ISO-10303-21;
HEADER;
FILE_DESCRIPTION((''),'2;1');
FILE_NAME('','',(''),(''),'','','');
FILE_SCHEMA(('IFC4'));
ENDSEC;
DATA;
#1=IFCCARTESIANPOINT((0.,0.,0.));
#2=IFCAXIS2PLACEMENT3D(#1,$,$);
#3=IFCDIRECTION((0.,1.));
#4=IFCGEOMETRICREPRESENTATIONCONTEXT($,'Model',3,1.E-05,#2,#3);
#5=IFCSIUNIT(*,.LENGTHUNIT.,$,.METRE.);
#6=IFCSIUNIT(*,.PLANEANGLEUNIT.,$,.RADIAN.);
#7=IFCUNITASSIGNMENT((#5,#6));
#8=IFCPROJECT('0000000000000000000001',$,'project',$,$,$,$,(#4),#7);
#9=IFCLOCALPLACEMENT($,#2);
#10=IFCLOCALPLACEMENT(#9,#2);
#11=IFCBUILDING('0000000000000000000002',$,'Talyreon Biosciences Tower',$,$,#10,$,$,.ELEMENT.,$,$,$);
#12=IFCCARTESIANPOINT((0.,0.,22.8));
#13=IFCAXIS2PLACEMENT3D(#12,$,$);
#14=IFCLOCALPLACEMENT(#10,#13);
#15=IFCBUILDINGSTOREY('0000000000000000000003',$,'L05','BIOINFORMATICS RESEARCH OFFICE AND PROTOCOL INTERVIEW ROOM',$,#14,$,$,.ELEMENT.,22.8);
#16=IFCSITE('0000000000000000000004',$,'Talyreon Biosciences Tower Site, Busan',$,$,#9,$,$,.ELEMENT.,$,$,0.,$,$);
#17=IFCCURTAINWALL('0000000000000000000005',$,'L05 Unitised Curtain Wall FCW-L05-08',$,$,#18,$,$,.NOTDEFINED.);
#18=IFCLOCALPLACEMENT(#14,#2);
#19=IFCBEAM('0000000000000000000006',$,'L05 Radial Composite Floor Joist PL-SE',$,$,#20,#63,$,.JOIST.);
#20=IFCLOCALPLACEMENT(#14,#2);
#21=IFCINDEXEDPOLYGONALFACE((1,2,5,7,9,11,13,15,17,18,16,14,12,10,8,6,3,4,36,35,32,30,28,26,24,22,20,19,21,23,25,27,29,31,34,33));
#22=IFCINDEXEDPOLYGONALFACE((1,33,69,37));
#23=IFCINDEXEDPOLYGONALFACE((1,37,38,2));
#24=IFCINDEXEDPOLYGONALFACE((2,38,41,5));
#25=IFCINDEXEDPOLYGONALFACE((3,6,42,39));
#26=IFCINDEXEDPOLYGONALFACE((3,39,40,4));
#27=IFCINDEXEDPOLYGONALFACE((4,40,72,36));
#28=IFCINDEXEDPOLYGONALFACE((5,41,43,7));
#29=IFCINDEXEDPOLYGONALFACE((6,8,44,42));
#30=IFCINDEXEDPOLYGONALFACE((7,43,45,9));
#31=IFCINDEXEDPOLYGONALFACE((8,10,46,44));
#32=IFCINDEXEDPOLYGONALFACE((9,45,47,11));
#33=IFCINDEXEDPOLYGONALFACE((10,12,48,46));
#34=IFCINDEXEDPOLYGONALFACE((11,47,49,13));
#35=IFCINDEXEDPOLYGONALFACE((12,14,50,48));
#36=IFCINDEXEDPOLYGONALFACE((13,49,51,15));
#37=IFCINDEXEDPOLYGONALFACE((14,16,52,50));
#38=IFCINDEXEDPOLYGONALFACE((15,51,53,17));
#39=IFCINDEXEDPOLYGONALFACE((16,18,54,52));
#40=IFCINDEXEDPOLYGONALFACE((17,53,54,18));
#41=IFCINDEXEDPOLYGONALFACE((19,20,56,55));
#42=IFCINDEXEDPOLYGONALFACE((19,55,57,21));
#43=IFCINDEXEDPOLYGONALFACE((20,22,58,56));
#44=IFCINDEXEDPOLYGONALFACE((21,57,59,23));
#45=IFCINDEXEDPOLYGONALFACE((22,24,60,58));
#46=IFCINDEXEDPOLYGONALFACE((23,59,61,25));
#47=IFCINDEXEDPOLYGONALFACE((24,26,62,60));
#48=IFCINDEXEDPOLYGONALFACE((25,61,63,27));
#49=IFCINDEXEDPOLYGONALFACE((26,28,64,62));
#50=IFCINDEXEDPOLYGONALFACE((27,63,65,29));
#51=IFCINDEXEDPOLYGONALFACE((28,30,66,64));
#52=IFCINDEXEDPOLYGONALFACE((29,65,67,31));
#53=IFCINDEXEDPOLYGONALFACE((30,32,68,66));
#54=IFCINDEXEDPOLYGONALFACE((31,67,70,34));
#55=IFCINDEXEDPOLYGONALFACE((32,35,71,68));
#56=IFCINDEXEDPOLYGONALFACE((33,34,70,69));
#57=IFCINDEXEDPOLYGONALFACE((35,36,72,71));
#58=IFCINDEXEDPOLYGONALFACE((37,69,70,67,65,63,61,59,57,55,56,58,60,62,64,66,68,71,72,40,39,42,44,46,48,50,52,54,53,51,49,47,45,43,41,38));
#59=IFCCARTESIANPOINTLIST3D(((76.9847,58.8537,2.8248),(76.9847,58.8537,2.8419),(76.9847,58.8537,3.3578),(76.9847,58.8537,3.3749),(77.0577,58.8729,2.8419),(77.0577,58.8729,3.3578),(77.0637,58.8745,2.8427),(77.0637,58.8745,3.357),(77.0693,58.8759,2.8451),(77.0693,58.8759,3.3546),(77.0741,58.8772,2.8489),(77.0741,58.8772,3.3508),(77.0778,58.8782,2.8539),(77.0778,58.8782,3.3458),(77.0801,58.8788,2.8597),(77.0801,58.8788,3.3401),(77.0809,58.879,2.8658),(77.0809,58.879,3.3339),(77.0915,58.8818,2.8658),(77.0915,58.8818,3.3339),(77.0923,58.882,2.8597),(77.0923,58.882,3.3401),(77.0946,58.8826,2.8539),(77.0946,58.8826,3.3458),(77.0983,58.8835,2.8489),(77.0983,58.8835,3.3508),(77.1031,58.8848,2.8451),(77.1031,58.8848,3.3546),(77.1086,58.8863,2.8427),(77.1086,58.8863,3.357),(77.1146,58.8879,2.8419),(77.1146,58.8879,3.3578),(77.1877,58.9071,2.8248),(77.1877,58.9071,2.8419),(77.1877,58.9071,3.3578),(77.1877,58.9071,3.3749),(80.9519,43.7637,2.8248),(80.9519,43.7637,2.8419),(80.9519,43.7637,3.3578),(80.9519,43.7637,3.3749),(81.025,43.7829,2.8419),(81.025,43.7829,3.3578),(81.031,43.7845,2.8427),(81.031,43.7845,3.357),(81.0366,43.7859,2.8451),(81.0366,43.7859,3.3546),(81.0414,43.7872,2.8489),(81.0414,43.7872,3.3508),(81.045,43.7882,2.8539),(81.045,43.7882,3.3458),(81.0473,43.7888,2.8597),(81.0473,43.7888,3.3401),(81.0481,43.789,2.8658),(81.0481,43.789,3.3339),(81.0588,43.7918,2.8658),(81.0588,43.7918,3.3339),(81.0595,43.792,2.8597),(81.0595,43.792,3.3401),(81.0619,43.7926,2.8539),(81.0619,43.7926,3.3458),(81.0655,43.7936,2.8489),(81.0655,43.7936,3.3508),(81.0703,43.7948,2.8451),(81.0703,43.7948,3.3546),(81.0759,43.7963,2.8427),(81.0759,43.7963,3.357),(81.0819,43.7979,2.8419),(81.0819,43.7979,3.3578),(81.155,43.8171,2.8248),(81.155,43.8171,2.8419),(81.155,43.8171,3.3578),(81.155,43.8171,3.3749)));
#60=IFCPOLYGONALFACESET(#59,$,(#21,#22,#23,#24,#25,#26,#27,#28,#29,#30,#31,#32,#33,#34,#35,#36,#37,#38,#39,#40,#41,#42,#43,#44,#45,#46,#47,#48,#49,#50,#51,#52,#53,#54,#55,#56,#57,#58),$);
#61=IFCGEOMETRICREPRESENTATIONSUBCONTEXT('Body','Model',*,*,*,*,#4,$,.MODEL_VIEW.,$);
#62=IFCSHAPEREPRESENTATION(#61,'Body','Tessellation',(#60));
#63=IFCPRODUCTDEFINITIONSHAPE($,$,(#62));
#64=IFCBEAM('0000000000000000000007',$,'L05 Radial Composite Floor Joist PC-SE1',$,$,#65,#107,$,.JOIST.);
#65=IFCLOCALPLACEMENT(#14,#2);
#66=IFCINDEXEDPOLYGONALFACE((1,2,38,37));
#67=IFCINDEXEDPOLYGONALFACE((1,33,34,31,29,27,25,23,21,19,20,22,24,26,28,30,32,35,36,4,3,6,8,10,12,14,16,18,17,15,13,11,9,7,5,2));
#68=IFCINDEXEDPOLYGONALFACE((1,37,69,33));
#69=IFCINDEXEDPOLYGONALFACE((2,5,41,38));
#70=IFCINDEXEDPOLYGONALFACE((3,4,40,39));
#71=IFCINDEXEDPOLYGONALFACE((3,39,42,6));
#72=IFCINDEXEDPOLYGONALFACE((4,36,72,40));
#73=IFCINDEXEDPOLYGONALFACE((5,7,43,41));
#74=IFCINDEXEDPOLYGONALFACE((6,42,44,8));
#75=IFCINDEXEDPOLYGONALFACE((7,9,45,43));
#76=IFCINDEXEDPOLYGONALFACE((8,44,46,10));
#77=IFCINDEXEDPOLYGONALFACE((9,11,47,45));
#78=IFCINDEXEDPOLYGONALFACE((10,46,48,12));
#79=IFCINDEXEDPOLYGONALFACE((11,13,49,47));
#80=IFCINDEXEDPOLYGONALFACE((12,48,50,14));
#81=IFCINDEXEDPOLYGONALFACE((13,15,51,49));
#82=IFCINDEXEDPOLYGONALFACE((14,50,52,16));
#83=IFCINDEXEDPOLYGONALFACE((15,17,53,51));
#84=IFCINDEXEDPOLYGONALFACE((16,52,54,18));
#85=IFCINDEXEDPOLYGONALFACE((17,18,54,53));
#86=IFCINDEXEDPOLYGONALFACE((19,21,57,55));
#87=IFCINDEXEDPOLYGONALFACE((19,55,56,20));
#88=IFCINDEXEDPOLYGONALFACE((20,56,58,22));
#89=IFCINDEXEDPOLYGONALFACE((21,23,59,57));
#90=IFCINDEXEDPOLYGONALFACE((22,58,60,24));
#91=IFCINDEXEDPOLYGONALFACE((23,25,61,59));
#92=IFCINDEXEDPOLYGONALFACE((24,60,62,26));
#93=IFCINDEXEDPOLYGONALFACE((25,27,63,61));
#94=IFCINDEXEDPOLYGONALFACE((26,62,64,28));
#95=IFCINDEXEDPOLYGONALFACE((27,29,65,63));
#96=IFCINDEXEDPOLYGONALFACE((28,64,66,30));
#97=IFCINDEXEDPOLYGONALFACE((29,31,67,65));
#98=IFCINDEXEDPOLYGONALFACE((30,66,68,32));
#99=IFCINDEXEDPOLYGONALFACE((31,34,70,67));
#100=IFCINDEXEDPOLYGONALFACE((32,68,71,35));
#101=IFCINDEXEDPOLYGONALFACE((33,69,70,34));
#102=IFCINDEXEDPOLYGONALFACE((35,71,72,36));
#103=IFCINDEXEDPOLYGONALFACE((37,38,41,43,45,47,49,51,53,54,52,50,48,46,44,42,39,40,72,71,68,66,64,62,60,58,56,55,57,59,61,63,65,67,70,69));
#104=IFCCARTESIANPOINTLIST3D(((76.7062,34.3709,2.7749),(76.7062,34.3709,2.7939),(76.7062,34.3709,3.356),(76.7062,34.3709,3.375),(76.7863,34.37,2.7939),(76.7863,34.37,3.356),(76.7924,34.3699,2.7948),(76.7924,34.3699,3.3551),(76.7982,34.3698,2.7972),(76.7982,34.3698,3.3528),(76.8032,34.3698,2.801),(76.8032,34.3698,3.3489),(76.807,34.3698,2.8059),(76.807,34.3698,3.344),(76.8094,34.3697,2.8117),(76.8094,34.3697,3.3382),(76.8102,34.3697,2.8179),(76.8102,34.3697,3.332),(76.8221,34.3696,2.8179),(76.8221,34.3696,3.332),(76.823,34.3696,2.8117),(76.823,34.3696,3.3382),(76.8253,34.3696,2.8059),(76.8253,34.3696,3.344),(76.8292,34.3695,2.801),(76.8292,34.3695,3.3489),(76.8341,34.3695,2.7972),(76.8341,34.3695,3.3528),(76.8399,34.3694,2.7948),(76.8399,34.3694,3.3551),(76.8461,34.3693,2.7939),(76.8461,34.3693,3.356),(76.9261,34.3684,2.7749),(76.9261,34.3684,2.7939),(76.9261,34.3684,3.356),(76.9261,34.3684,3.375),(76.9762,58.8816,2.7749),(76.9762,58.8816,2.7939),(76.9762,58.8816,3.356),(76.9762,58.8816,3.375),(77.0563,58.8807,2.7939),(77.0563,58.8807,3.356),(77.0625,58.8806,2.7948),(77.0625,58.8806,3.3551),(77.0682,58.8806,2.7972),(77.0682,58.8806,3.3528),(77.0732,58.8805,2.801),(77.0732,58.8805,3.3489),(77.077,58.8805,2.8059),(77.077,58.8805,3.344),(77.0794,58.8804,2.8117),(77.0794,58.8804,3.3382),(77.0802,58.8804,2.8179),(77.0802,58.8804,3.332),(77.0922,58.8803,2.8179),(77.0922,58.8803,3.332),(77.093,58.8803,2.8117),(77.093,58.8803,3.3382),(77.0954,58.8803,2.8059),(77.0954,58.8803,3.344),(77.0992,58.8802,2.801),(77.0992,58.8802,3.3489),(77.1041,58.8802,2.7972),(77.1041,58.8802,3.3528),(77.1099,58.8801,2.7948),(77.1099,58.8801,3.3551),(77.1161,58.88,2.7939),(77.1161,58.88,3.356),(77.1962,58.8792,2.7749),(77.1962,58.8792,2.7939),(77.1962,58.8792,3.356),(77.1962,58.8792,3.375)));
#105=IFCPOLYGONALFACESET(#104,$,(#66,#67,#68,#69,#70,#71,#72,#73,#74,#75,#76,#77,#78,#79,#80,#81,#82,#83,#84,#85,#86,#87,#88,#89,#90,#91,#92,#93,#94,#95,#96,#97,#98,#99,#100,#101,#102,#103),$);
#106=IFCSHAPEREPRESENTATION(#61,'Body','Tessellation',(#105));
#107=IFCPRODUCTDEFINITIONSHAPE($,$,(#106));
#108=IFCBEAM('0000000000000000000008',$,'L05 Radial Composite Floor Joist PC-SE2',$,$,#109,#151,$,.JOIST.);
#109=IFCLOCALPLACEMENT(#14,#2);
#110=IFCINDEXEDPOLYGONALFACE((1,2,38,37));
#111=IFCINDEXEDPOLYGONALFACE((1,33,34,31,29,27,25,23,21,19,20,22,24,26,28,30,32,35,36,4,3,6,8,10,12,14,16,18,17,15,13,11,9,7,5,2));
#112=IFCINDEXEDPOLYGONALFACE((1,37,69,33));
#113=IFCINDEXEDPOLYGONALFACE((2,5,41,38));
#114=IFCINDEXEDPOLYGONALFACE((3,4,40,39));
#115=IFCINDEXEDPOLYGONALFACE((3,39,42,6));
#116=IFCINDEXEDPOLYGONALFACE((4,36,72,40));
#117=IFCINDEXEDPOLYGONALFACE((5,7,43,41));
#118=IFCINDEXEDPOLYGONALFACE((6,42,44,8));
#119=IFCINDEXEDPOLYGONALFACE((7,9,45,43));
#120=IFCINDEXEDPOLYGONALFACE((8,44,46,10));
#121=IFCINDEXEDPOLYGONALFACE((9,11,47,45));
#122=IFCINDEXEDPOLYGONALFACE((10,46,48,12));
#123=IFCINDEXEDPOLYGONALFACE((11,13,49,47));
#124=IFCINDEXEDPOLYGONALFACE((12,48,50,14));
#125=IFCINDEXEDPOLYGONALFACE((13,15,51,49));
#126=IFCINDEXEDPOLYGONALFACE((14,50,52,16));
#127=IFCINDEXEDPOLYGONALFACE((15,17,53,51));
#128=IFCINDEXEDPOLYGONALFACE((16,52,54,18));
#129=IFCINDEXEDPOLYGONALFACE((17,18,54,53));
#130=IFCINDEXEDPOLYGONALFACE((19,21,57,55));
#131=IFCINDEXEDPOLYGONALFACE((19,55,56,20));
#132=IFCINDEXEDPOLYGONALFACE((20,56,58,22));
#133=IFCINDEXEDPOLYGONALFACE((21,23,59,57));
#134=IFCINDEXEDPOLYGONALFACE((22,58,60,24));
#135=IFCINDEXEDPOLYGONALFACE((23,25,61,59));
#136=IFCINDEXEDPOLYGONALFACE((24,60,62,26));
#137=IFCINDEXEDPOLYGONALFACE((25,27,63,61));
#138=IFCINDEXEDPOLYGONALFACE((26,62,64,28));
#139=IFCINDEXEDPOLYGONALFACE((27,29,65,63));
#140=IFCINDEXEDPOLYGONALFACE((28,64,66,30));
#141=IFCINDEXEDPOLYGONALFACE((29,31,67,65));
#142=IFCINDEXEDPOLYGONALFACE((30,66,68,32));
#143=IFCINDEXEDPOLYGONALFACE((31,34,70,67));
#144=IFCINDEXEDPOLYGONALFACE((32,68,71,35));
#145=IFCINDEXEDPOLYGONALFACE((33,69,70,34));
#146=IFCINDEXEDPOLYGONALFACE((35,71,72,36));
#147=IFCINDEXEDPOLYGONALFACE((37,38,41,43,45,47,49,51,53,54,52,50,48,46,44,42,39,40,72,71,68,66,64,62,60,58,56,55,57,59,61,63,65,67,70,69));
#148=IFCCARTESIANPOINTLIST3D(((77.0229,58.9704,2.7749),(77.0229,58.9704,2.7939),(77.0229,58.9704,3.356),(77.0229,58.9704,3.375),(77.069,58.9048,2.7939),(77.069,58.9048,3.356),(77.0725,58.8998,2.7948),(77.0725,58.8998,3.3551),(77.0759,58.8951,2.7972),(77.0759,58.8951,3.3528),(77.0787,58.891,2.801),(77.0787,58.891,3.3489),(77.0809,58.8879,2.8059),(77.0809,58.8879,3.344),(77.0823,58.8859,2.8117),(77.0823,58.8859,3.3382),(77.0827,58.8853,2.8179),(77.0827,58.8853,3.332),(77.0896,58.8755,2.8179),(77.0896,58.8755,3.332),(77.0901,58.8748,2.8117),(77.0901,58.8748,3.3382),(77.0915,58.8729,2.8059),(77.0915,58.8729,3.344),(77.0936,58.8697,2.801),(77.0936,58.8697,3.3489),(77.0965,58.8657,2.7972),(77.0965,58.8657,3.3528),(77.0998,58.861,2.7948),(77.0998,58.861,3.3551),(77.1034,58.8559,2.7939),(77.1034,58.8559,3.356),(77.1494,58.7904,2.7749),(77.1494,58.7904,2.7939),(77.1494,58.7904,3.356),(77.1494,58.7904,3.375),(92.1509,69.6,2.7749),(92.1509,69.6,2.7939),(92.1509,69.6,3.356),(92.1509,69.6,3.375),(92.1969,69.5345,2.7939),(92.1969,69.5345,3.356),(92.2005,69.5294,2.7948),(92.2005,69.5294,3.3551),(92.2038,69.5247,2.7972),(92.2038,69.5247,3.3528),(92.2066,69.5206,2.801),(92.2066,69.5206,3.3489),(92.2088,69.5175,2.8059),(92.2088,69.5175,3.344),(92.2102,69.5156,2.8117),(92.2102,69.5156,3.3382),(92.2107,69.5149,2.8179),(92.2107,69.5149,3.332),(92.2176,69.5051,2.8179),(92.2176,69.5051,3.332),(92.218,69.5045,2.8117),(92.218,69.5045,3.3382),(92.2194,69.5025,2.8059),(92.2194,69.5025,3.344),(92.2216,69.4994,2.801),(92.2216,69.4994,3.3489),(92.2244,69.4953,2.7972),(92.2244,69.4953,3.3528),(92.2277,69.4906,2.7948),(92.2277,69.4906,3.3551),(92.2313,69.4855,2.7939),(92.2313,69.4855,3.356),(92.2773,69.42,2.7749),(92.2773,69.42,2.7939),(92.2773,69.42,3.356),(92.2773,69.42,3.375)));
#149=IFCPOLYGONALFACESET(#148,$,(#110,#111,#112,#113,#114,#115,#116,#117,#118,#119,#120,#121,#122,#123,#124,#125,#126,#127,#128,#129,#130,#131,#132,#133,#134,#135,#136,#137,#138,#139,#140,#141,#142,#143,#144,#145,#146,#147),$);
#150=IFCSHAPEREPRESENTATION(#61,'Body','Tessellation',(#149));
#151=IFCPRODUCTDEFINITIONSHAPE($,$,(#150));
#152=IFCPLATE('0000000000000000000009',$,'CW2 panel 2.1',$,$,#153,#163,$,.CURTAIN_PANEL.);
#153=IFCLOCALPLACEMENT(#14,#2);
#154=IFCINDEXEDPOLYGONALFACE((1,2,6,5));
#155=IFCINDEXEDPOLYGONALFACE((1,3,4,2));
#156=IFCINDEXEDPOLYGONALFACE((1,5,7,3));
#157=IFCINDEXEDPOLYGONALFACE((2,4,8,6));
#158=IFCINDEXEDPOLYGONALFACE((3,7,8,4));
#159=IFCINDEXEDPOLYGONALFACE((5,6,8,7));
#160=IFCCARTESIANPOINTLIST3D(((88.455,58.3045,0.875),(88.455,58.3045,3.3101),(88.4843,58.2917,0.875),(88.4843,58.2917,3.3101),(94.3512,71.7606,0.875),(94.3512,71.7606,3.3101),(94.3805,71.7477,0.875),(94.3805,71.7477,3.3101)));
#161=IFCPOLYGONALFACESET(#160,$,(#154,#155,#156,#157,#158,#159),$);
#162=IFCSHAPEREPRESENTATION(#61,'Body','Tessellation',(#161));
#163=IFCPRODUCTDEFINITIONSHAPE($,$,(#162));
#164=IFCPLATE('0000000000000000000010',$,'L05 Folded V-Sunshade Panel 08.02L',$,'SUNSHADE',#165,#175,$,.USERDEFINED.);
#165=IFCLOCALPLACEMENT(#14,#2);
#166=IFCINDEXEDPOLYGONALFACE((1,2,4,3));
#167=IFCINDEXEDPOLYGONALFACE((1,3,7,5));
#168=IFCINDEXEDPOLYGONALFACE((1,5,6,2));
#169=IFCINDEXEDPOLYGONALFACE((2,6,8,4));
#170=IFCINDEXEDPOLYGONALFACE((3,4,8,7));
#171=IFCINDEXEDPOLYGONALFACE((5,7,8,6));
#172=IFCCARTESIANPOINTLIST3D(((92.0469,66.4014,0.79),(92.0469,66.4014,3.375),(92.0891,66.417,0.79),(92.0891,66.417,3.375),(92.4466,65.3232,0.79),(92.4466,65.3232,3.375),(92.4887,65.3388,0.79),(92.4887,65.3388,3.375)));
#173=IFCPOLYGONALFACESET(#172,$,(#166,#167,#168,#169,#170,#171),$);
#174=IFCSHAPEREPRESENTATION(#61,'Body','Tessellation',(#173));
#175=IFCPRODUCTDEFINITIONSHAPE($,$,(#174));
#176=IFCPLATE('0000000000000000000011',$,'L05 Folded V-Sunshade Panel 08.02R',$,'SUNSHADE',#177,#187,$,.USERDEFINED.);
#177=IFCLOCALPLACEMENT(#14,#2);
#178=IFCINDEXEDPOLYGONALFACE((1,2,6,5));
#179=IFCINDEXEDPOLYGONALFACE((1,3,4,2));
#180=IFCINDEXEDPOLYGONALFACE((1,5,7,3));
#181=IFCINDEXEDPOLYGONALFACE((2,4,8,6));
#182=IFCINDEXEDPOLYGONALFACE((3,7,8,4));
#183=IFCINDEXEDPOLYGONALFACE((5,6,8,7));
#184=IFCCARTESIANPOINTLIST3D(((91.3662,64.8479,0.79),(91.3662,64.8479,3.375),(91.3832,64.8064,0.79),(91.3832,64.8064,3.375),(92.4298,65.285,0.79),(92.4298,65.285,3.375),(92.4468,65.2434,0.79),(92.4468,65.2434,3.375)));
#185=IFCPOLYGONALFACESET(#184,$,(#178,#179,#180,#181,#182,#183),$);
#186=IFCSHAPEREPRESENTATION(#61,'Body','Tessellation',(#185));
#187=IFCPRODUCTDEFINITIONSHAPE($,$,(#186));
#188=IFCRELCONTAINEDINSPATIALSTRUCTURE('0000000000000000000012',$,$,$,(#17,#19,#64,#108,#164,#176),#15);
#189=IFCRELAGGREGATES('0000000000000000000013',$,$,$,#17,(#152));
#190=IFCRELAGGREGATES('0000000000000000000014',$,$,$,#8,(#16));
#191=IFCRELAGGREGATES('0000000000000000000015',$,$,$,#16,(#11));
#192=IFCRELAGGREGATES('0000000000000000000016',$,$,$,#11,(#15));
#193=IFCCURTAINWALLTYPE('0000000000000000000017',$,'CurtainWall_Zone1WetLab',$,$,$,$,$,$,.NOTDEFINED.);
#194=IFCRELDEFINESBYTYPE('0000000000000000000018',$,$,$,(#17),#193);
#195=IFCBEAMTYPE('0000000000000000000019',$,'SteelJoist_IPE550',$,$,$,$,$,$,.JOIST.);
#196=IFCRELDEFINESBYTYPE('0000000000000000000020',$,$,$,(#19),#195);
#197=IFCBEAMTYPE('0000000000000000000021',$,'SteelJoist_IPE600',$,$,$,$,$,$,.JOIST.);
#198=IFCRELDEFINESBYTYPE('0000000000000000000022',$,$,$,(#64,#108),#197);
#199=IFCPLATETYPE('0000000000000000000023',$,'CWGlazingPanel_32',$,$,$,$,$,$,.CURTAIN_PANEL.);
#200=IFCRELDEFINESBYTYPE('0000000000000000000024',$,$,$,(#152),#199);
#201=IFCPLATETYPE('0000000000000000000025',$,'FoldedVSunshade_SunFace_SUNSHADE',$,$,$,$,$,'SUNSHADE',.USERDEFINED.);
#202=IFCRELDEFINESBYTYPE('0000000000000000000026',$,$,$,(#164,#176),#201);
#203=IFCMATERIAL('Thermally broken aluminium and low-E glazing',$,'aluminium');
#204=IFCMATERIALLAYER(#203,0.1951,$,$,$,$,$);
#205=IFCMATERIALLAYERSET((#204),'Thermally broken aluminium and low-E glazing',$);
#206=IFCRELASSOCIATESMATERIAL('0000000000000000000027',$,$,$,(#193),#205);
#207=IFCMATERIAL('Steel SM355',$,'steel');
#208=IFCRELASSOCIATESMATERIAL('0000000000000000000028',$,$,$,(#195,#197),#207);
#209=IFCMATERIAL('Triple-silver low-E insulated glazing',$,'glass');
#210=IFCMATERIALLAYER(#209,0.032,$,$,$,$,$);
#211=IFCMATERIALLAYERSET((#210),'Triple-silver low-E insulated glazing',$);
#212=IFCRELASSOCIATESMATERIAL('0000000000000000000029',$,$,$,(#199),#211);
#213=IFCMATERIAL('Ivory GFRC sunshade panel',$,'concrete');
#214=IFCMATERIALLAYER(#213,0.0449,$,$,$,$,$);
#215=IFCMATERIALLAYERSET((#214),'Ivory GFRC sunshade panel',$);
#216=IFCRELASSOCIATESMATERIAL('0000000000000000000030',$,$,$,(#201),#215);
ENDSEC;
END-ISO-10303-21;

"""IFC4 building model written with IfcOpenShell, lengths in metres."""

from ifc_helpers import new_model, si_unit, direction, frame, origin, origin_2d, place, context, subcontext, project, spatial, rectangle, i_section, extrude, material, layer, layer_set, material_profile, profile_set, type_object, element, aggregate, save


model = new_model("IFC4")

# Units and contexts
model_context = context("Model", 3, precision=1e-05, world=origin(), true_north=direction((0.0, 1.0)))
body_context = subcontext(model_context, "Body", "Model", "MODEL_VIEW")
ifc_project = project(units=[si_unit("LENGTHUNIT", "METRE"), si_unit("PLANEANGLEUNIT", "RADIAN")], contexts=[model_context])

# Site, building, storey
site_placement = place(None, origin())
site = spatial("IfcSite", under=ifc_project, at=site_placement, Name="Talyreon Biosciences Tower Site, Busan", CompositionType="ELEMENT", RefElevation=0.0)
building_placement = place(site_placement, origin())
building = spatial("IfcBuilding", under=site, at=building_placement, Name="Talyreon Biosciences Tower", CompositionType="ELEMENT")
storey_placement = place(building_placement, frame((0.0, 0.0, 22.8)))
storey = spatial("IfcBuildingStorey", under=building, at=storey_placement, Name="L05", Description="BIOINFORMATICS RESEARCH OFFICE AND PROTOCOL INTERVIEW ROOM", CompositionType="ELEMENT", Elevation=22.8)

# Curtain wall
ifc_material_1 = material(Name="Thermally broken aluminium and low-E glazing", Category="aluminium")
ifc_layer_1 = layer(ifc_material_1, 0.1951)
ifc_layer_set_1 = layer_set([ifc_layer_1], Name="Thermally broken aluminium and low-E glazing")
curtain_wall_type = type_object("IfcCurtainWallType", Name="CurtainWall_Zone1WetLab", PredefinedType="NOTDEFINED", material=ifc_layer_set_1)
curtain_wall_placement = place(storey_placement, origin())
curtain_wall = element("IfcCurtainWall", 1, at=curtain_wall_placement, inside=storey, type_object=curtain_wall_type, Name="L05 Unitised Curtain Wall FCW-L05-08", PredefinedType="NOTDEFINED")

# Beams
ifc_material_2 = material(Name="Steel SM355", Category="steel")
ifc_material_profile_1 = material_profile(ifc_material_2, i_section(OverallWidth=0.21, OverallDepth=0.55, WebThickness=0.011, FlangeThickness=0.0171, FilletRadius=0.0239, at=origin_2d()), Name="IPE550")
ifc_profile_set_1 = profile_set([ifc_material_profile_1], Name="Steel SM355")
beam_type_1 = type_object("IfcBeamType", Name="SteelJoist_IPE550", PredefinedType="JOIST", material=ifc_profile_set_1)
beam_1_placement = place(storey_placement, frame((77.0862, 58.8804, 3.0999), z_axis=(0.254266, -0.967134, 0.0), x_axis=(0.967134, 0.254266, 0.0)))
element("IfcBeam", 2, at=beam_1_placement, inside=storey, type_object=beam_type_1, Name="L05 Radial Composite Floor Joist PL-SE", PredefinedType="JOIST", context=body_context, shape_type="SweptSolid", body=[
    extrude(i_section(OverallWidth=0.21, OverallDepth=0.55, WebThickness=0.011, FlangeThickness=0.0171, FilletRadius=0.0239, at=origin_2d()), origin(), (0.0, 0.0, 1.0), 15.6028),
])
ifc_material_profile_2 = material_profile(ifc_material_2, i_section(OverallWidth=0.22, OverallDepth=0.6001, WebThickness=0.012, FlangeThickness=0.019, FilletRadius=0.0239, at=origin_2d()), Name="IPE600")
ifc_profile_set_2 = profile_set([ifc_material_profile_2], Name="Steel SM355")
beam_type_2 = type_object("IfcBeamType", Name="SteelJoist_IPE600", PredefinedType="JOIST", material=ifc_profile_set_2)
beam_2_placement = place(storey_placement, frame((77.0862, 58.8804, 3.075), z_axis=(-0.011016, -0.999939, 0.0), x_axis=(0.999939, -0.011016, 0.0)))
element("IfcBeam", 3, at=beam_2_placement, inside=storey, type_object=beam_type_2, Name="L05 Radial Composite Floor Joist PC-SE1", PredefinedType="JOIST", context=body_context, shape_type="SweptSolid", body=[
    extrude(i_section(OverallWidth=0.22, OverallDepth=0.6001, WebThickness=0.012, FlangeThickness=0.019, FilletRadius=0.0239, at=origin_2d()), origin(), (0.0, 0.0, 1.0), 24.5122),
])
beam_3_placement = place(storey_placement, frame((77.0862, 58.8804, 3.075), z_axis=(0.818212, 0.574917, 0.0), x_axis=(-0.574917, 0.818212, 0.0)))
element("IfcBeam", 4, at=beam_3_placement, inside=storey, type_object=beam_type_2, Name="L05 Radial Composite Floor Joist PC-SE2", PredefinedType="JOIST", context=body_context, shape_type="SweptSolid", body=[
    extrude(i_section(OverallWidth=0.22, OverallDepth=0.6001, WebThickness=0.012, FlangeThickness=0.019, FilletRadius=0.0239, at=origin_2d()), origin(), (0.0, 0.0, 1.0), 18.489),
])

# Plate
ifc_material_3 = material(Name="Triple-silver low-E insulated glazing", Category="glass")
ifc_layer_2 = layer(ifc_material_3, 0.032)
ifc_layer_set_2 = layer_set([ifc_layer_2], Name="Triple-silver low-E insulated glazing")
plate_type_1 = type_object("IfcPlateType", Name="CWGlazingPanel_32", PredefinedType="CURTAIN_PANEL", material=ifc_layer_set_2)
plate_placement = place(storey_placement, frame((91.4177, 65.0261, 0.875), z_axis=(0.0, 0.0, 1.0), x_axis=(-0.401345, -0.915927, 0.0)))
plate = element("IfcPlate", 5, at=plate_placement, type_object=plate_type_1, Name="CW2 panel 2.1", PredefinedType="CURTAIN_PANEL", context=body_context, shape_type="SweptSolid", body=[
    extrude(rectangle(XDim=14.6912, YDim=0.032, at=origin_2d()), origin(), (0.0, 0.0, 1.0), 2.4351),
])
aggregate(curtain_wall, [plate])

# Plates
ifc_material_4 = material(Name="Ivory GFRC sunshade panel", Category="concrete")
ifc_layer_3 = layer(ifc_material_4, 0.0449)
ifc_layer_set_3 = layer_set([ifc_layer_3], Name="Ivory GFRC sunshade panel")
plate_type_2 = type_object("IfcPlateType", Name="FoldedVSunshade_SunFace_SUNSHADE", ElementType="SUNSHADE", PredefinedType="USERDEFINED", material=ifc_layer_set_3)
for number, where, z_axis, x_axis, name in (
    (6, (92.2678, 65.8701, 0.79), (0.0, 0.0, 1.0), (0.347558, -0.937659, 0.0), "L05 Folded V-Sunshade Panel 08.02L"),
    (7, (91.9065, 65.0457, 0.79), (0.0, 0.0, 1.0), (-0.924958, -0.38007, 0.0), "L05 Folded V-Sunshade Panel 08.02R"),
):
    element("IfcPlate", number, at=place(storey_placement, frame(where, z_axis=z_axis, x_axis=x_axis)), inside=storey, type_object=plate_type_2, Name=name, ObjectType="SUNSHADE", PredefinedType="USERDEFINED", context=body_context, shape_type="SweptSolid", body=[
        extrude(rectangle(XDim=1.1499, YDim=0.0449, at=origin_2d()), origin(), (0.0, 0.0, 1.0), 2.585),
    ])

save(model, "model.ifc")
